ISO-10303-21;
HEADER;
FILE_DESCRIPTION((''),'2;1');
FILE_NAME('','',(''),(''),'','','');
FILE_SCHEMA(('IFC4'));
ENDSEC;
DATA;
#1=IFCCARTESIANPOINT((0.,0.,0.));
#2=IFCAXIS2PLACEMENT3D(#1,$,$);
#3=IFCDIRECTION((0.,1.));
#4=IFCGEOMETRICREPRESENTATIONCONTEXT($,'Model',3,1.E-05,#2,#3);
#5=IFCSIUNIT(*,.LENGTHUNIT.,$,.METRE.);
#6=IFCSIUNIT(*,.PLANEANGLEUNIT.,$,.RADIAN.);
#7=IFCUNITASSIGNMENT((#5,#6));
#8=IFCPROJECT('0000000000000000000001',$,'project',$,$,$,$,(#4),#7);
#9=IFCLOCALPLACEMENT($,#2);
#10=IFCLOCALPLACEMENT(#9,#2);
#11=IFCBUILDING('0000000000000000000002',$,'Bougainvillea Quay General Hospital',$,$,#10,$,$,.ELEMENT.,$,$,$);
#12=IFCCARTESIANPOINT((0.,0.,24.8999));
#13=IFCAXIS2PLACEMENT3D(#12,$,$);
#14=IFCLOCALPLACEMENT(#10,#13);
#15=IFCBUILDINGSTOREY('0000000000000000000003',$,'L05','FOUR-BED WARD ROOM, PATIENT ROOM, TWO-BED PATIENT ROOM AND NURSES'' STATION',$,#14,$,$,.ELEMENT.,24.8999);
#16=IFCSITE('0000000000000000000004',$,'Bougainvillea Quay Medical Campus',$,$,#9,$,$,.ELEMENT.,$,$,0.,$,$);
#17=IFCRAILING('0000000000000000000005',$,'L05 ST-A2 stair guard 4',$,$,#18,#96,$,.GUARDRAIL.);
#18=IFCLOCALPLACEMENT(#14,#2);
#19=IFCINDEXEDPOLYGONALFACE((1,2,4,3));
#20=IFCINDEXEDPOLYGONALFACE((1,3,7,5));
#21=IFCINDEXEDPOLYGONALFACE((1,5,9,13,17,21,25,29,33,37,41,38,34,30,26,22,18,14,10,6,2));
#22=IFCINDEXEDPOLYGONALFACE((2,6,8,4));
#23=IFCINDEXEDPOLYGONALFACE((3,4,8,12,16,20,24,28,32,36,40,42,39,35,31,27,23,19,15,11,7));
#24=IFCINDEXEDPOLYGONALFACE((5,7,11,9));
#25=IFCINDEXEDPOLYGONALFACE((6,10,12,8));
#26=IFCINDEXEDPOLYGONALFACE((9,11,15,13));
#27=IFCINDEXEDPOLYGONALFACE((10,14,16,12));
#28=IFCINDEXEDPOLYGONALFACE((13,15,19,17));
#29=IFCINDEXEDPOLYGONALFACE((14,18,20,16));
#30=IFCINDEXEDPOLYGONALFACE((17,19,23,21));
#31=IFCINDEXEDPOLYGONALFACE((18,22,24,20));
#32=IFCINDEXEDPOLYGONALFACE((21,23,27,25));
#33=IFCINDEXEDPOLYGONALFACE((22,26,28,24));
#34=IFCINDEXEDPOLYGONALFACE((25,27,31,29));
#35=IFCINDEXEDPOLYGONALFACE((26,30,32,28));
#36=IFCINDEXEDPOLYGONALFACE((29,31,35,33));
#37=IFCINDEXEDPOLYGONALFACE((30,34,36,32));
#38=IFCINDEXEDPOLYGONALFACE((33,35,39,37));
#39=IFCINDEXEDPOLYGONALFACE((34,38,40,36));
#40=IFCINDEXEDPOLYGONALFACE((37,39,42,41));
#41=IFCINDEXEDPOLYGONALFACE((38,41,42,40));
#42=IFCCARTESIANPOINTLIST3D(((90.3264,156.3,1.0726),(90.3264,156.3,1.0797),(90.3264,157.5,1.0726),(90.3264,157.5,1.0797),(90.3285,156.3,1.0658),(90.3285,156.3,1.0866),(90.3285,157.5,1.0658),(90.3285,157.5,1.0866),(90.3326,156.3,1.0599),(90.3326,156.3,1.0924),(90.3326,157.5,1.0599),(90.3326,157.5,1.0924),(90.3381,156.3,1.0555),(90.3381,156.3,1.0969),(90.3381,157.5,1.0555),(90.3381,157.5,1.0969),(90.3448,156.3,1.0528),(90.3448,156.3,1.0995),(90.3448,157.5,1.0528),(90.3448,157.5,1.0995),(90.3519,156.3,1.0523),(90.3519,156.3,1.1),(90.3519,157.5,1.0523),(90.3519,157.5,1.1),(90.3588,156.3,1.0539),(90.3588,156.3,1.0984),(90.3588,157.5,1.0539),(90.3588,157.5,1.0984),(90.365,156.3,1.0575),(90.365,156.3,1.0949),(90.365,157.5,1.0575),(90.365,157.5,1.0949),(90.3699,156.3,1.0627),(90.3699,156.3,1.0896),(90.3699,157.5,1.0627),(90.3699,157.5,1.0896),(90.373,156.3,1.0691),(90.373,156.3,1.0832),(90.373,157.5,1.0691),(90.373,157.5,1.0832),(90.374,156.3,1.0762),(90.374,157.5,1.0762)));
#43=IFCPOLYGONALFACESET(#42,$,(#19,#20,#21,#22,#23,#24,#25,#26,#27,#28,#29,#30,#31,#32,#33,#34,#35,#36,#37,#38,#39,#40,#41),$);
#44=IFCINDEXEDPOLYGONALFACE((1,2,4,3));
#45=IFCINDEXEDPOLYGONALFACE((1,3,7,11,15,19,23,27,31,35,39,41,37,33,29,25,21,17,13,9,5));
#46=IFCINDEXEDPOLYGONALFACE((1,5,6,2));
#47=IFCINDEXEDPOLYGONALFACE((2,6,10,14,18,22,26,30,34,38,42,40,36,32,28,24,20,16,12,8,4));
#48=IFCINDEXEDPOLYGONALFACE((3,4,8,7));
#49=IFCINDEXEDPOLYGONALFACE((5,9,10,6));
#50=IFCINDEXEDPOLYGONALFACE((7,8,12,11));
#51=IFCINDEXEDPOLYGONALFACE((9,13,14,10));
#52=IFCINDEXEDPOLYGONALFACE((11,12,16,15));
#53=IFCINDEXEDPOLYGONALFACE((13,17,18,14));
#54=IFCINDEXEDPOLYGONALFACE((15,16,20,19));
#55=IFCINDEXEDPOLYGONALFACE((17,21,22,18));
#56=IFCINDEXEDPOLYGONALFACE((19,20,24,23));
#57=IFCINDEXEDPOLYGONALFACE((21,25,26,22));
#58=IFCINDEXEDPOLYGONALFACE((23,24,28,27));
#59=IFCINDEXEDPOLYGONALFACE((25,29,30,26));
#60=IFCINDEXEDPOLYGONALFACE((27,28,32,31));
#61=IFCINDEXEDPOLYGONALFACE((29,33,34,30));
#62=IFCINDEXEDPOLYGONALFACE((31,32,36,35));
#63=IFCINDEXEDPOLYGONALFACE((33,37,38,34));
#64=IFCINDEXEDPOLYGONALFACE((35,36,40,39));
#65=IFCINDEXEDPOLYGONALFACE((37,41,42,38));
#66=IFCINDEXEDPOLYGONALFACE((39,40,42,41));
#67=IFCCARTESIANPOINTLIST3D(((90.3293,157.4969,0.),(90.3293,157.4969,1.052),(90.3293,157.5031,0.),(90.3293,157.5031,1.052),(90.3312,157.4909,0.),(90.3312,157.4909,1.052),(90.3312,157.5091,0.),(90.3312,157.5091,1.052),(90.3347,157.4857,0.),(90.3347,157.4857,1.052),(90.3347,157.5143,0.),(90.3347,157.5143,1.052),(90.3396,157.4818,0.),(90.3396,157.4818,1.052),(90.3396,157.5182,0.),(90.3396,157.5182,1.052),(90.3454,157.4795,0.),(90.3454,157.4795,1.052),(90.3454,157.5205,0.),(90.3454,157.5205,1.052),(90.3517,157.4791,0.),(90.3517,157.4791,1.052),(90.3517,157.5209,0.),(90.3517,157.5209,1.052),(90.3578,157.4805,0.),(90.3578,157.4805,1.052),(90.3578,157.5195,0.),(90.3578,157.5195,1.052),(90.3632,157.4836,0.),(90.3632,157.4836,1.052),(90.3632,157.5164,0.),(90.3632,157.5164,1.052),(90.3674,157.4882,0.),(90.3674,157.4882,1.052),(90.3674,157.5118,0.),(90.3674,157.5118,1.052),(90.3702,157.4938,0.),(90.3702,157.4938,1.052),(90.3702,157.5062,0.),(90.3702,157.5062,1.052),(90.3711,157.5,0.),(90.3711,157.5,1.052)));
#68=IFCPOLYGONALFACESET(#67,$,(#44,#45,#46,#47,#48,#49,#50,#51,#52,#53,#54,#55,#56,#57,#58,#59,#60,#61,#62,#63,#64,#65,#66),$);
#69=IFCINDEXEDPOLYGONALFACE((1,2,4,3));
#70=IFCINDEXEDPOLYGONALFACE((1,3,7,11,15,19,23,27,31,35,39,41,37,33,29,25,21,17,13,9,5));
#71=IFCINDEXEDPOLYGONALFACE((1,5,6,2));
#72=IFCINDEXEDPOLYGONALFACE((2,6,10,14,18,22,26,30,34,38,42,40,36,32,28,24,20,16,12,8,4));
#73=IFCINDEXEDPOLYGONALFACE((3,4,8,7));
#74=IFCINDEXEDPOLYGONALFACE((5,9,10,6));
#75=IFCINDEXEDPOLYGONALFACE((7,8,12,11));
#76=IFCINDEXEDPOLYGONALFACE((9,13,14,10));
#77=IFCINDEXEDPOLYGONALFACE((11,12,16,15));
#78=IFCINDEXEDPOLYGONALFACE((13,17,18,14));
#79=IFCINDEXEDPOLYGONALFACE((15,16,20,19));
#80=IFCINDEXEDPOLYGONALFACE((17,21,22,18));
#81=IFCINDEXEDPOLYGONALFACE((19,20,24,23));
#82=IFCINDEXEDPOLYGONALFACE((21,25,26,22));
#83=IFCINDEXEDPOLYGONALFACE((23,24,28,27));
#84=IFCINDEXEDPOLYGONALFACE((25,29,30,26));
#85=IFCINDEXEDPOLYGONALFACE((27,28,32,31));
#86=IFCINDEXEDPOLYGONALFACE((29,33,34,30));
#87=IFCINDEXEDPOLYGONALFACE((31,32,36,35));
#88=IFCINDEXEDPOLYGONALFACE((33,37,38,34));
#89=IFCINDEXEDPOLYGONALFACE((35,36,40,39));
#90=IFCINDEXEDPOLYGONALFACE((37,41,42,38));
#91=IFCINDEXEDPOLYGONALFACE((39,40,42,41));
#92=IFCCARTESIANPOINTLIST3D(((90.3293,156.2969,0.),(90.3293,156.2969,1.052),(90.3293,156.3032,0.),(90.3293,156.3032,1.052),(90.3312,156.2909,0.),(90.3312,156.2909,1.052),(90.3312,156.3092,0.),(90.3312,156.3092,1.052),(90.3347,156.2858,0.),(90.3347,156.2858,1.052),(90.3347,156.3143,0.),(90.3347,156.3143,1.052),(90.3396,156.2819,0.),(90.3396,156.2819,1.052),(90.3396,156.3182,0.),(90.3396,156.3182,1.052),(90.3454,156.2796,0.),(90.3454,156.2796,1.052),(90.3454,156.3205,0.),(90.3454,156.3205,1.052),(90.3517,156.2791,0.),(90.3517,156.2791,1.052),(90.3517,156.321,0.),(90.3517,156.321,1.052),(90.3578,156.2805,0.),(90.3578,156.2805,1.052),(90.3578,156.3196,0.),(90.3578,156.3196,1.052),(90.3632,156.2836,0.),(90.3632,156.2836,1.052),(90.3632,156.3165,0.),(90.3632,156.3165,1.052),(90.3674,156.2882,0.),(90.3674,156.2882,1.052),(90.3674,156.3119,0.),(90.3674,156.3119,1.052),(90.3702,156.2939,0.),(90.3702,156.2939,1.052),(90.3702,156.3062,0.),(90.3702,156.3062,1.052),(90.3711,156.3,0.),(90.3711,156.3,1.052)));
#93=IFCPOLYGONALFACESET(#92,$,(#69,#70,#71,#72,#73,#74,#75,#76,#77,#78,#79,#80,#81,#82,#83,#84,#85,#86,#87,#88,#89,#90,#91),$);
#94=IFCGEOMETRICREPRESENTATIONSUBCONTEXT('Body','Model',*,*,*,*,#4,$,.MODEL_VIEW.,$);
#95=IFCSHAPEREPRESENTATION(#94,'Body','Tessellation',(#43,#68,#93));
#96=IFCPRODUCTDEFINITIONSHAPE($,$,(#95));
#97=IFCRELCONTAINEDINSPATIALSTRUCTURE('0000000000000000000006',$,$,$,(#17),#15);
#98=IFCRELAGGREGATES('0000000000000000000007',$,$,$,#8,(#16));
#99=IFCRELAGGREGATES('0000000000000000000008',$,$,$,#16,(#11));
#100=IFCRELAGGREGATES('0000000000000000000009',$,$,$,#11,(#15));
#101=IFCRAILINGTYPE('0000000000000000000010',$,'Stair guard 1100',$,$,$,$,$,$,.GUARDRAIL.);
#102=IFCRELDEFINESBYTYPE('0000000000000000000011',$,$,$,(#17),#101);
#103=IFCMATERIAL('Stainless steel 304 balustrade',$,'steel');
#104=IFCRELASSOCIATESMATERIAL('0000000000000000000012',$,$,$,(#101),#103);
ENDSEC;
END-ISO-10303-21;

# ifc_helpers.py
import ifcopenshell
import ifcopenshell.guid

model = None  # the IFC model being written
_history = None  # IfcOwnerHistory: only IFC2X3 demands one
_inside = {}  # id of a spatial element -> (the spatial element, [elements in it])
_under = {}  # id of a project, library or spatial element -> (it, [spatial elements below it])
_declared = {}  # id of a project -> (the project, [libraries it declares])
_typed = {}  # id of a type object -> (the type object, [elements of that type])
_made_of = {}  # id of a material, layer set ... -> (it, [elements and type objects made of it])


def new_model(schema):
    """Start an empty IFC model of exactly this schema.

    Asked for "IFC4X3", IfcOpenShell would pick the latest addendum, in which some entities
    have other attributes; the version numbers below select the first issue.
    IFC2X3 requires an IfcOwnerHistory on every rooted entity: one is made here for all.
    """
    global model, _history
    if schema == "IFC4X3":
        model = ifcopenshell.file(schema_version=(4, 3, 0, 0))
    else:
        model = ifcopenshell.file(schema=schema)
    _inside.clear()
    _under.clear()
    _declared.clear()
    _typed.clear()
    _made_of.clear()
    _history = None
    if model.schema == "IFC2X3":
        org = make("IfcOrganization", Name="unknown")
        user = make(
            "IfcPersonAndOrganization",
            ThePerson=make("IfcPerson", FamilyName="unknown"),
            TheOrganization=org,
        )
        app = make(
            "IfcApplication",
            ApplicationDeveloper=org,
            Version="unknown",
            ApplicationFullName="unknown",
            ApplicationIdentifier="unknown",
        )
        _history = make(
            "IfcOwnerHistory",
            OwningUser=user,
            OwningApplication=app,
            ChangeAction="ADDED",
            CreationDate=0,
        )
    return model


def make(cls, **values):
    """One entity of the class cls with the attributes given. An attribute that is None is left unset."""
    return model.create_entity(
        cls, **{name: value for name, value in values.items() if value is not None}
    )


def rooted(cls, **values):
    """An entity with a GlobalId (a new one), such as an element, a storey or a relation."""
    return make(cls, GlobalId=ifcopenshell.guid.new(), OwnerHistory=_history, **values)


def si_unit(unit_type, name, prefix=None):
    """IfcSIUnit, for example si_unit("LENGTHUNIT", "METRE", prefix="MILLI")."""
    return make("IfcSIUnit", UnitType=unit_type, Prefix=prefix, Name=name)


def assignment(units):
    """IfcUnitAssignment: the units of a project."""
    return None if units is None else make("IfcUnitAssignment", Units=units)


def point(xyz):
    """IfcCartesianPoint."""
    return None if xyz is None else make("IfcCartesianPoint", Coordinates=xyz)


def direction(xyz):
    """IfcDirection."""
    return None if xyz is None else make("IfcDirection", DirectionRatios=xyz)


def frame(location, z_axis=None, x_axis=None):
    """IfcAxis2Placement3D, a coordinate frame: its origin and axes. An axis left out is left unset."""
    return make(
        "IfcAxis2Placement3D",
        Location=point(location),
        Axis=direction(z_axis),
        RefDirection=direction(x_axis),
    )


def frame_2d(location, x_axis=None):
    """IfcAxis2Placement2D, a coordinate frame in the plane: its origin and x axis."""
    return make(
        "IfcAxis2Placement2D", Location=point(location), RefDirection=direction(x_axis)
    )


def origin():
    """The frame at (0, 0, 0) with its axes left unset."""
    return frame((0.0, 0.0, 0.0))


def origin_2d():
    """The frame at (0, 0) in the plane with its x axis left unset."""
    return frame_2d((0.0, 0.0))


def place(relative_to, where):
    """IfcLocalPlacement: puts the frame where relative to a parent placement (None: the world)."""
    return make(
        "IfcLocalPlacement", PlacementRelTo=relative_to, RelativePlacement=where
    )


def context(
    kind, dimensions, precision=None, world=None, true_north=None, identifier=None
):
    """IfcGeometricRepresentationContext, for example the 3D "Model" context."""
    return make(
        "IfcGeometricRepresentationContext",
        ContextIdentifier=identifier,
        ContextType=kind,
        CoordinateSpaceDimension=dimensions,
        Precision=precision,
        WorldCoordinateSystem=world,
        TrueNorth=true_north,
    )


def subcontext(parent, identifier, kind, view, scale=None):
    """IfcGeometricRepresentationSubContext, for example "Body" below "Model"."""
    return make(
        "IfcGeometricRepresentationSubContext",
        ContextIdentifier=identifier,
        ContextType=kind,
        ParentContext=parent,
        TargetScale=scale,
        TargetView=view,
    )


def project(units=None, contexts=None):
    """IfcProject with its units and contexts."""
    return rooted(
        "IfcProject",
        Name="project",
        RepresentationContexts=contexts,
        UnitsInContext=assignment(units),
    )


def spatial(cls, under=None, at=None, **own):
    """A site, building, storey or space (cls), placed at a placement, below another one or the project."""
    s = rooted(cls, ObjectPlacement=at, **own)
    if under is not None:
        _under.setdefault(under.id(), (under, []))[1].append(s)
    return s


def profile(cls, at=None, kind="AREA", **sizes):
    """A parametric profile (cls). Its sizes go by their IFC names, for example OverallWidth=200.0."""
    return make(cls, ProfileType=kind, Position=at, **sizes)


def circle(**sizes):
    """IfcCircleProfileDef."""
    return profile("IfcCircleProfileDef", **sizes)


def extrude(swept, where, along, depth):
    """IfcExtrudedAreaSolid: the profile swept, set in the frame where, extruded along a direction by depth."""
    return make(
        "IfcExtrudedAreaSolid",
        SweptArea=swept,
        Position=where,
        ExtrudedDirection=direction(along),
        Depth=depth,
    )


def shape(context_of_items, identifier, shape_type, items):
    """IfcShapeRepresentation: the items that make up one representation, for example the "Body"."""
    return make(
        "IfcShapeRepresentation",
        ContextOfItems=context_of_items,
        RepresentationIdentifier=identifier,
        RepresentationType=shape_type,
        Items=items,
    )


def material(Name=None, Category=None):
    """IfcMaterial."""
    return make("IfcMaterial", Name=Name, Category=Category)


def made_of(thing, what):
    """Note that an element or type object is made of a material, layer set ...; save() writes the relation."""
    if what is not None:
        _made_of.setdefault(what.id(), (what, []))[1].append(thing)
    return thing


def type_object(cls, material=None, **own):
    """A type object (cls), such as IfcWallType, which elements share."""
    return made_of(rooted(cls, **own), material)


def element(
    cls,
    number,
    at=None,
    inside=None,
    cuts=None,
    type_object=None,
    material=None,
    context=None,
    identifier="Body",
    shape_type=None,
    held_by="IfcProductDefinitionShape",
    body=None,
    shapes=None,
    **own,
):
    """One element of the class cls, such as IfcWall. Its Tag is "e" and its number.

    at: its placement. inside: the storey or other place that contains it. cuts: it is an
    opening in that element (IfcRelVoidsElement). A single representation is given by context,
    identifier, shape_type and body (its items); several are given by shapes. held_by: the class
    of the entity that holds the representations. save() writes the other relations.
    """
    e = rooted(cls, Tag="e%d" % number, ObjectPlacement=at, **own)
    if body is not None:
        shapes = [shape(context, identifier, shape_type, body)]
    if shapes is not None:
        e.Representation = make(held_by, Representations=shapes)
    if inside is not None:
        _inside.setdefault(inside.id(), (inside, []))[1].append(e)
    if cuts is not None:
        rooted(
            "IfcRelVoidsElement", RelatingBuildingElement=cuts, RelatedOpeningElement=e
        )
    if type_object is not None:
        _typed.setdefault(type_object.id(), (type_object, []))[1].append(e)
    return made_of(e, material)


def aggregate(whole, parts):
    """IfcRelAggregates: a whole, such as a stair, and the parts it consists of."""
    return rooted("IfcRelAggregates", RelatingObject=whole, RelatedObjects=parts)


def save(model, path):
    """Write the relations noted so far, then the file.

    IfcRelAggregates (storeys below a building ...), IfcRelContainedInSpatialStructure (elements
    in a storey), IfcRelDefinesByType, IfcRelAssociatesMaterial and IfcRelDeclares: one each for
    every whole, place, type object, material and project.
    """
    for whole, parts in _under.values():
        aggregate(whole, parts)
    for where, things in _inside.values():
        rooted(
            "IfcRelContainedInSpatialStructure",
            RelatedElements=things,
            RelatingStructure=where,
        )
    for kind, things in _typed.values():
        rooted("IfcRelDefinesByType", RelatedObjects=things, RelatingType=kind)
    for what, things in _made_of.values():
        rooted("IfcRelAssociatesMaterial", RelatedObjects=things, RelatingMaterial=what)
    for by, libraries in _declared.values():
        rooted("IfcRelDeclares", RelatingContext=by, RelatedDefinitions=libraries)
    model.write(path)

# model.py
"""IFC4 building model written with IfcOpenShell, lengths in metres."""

from ifc_helpers import new_model, si_unit, direction, frame, origin, origin_2d, place, context, subcontext, project, spatial, circle, extrude, material, type_object, element, save


model = new_model("IFC4")

# Units and contexts
model_context = context("Model", 3, precision=1e-05, world=origin(), true_north=direction((0.0, 1.0)))
body_context = subcontext(model_context, "Body", "Model", "MODEL_VIEW")
ifc_project = project(units=[si_unit("LENGTHUNIT", "METRE"), si_unit("PLANEANGLEUNIT", "RADIAN")], contexts=[model_context])

# Site, building, storey
site_placement = place(None, origin())
site = spatial("IfcSite", under=ifc_project, at=site_placement, Name="Bougainvillea Quay Medical Campus", CompositionType="ELEMENT", RefElevation=0.0)
building_placement = place(site_placement, origin())
building = spatial("IfcBuilding", under=site, at=building_placement, Name="Bougainvillea Quay General Hospital", CompositionType="ELEMENT")
storey_placement = place(building_placement, frame((0.0, 0.0, 24.8999)))
storey = spatial("IfcBuildingStorey", under=building, at=storey_placement, Name="L05", Description="FOUR-BED WARD ROOM, PATIENT ROOM, TWO-BED PATIENT ROOM AND NURSES' STATION", CompositionType="ELEMENT", Elevation=24.8999)

# Railing
ifc_material_1 = material(Name="Stainless steel 304 balustrade", Category="steel")
railing_type_1 = type_object("IfcRailingType", Name="Stair guard 1100", PredefinedType="GUARDRAIL", material=ifc_material_1)
railing_1_placement = place(storey_placement, frame((90.3501, 157.5, 0.0)))
element("IfcRailing", 1, at=railing_1_placement, inside=storey, type_object=railing_type_1, Name="L05 ST-A2 stair guard 4", PredefinedType="GUARDRAIL", context=body_context, shape_type="SweptSolid", body=[
    extrude(circle(Radius=0.0239, at=origin_2d()), frame((0.0, 0.0, 1.0762), z_axis=(0.0, -1.0, 0.0), x_axis=(1.0, 0.0, 0.0)), (0.0, 0.0, 1.0), 1.2),
    extrude(circle(Radius=0.021, at=origin_2d()), origin(), (0.0, 0.0, 1.0), 1.052),
    extrude(circle(Radius=0.021, at=origin_2d()), frame((0.0, -1.2, 0.0)), (0.0, 0.0, 1.0), 1.052),
])

save(model, "model.ifc")
